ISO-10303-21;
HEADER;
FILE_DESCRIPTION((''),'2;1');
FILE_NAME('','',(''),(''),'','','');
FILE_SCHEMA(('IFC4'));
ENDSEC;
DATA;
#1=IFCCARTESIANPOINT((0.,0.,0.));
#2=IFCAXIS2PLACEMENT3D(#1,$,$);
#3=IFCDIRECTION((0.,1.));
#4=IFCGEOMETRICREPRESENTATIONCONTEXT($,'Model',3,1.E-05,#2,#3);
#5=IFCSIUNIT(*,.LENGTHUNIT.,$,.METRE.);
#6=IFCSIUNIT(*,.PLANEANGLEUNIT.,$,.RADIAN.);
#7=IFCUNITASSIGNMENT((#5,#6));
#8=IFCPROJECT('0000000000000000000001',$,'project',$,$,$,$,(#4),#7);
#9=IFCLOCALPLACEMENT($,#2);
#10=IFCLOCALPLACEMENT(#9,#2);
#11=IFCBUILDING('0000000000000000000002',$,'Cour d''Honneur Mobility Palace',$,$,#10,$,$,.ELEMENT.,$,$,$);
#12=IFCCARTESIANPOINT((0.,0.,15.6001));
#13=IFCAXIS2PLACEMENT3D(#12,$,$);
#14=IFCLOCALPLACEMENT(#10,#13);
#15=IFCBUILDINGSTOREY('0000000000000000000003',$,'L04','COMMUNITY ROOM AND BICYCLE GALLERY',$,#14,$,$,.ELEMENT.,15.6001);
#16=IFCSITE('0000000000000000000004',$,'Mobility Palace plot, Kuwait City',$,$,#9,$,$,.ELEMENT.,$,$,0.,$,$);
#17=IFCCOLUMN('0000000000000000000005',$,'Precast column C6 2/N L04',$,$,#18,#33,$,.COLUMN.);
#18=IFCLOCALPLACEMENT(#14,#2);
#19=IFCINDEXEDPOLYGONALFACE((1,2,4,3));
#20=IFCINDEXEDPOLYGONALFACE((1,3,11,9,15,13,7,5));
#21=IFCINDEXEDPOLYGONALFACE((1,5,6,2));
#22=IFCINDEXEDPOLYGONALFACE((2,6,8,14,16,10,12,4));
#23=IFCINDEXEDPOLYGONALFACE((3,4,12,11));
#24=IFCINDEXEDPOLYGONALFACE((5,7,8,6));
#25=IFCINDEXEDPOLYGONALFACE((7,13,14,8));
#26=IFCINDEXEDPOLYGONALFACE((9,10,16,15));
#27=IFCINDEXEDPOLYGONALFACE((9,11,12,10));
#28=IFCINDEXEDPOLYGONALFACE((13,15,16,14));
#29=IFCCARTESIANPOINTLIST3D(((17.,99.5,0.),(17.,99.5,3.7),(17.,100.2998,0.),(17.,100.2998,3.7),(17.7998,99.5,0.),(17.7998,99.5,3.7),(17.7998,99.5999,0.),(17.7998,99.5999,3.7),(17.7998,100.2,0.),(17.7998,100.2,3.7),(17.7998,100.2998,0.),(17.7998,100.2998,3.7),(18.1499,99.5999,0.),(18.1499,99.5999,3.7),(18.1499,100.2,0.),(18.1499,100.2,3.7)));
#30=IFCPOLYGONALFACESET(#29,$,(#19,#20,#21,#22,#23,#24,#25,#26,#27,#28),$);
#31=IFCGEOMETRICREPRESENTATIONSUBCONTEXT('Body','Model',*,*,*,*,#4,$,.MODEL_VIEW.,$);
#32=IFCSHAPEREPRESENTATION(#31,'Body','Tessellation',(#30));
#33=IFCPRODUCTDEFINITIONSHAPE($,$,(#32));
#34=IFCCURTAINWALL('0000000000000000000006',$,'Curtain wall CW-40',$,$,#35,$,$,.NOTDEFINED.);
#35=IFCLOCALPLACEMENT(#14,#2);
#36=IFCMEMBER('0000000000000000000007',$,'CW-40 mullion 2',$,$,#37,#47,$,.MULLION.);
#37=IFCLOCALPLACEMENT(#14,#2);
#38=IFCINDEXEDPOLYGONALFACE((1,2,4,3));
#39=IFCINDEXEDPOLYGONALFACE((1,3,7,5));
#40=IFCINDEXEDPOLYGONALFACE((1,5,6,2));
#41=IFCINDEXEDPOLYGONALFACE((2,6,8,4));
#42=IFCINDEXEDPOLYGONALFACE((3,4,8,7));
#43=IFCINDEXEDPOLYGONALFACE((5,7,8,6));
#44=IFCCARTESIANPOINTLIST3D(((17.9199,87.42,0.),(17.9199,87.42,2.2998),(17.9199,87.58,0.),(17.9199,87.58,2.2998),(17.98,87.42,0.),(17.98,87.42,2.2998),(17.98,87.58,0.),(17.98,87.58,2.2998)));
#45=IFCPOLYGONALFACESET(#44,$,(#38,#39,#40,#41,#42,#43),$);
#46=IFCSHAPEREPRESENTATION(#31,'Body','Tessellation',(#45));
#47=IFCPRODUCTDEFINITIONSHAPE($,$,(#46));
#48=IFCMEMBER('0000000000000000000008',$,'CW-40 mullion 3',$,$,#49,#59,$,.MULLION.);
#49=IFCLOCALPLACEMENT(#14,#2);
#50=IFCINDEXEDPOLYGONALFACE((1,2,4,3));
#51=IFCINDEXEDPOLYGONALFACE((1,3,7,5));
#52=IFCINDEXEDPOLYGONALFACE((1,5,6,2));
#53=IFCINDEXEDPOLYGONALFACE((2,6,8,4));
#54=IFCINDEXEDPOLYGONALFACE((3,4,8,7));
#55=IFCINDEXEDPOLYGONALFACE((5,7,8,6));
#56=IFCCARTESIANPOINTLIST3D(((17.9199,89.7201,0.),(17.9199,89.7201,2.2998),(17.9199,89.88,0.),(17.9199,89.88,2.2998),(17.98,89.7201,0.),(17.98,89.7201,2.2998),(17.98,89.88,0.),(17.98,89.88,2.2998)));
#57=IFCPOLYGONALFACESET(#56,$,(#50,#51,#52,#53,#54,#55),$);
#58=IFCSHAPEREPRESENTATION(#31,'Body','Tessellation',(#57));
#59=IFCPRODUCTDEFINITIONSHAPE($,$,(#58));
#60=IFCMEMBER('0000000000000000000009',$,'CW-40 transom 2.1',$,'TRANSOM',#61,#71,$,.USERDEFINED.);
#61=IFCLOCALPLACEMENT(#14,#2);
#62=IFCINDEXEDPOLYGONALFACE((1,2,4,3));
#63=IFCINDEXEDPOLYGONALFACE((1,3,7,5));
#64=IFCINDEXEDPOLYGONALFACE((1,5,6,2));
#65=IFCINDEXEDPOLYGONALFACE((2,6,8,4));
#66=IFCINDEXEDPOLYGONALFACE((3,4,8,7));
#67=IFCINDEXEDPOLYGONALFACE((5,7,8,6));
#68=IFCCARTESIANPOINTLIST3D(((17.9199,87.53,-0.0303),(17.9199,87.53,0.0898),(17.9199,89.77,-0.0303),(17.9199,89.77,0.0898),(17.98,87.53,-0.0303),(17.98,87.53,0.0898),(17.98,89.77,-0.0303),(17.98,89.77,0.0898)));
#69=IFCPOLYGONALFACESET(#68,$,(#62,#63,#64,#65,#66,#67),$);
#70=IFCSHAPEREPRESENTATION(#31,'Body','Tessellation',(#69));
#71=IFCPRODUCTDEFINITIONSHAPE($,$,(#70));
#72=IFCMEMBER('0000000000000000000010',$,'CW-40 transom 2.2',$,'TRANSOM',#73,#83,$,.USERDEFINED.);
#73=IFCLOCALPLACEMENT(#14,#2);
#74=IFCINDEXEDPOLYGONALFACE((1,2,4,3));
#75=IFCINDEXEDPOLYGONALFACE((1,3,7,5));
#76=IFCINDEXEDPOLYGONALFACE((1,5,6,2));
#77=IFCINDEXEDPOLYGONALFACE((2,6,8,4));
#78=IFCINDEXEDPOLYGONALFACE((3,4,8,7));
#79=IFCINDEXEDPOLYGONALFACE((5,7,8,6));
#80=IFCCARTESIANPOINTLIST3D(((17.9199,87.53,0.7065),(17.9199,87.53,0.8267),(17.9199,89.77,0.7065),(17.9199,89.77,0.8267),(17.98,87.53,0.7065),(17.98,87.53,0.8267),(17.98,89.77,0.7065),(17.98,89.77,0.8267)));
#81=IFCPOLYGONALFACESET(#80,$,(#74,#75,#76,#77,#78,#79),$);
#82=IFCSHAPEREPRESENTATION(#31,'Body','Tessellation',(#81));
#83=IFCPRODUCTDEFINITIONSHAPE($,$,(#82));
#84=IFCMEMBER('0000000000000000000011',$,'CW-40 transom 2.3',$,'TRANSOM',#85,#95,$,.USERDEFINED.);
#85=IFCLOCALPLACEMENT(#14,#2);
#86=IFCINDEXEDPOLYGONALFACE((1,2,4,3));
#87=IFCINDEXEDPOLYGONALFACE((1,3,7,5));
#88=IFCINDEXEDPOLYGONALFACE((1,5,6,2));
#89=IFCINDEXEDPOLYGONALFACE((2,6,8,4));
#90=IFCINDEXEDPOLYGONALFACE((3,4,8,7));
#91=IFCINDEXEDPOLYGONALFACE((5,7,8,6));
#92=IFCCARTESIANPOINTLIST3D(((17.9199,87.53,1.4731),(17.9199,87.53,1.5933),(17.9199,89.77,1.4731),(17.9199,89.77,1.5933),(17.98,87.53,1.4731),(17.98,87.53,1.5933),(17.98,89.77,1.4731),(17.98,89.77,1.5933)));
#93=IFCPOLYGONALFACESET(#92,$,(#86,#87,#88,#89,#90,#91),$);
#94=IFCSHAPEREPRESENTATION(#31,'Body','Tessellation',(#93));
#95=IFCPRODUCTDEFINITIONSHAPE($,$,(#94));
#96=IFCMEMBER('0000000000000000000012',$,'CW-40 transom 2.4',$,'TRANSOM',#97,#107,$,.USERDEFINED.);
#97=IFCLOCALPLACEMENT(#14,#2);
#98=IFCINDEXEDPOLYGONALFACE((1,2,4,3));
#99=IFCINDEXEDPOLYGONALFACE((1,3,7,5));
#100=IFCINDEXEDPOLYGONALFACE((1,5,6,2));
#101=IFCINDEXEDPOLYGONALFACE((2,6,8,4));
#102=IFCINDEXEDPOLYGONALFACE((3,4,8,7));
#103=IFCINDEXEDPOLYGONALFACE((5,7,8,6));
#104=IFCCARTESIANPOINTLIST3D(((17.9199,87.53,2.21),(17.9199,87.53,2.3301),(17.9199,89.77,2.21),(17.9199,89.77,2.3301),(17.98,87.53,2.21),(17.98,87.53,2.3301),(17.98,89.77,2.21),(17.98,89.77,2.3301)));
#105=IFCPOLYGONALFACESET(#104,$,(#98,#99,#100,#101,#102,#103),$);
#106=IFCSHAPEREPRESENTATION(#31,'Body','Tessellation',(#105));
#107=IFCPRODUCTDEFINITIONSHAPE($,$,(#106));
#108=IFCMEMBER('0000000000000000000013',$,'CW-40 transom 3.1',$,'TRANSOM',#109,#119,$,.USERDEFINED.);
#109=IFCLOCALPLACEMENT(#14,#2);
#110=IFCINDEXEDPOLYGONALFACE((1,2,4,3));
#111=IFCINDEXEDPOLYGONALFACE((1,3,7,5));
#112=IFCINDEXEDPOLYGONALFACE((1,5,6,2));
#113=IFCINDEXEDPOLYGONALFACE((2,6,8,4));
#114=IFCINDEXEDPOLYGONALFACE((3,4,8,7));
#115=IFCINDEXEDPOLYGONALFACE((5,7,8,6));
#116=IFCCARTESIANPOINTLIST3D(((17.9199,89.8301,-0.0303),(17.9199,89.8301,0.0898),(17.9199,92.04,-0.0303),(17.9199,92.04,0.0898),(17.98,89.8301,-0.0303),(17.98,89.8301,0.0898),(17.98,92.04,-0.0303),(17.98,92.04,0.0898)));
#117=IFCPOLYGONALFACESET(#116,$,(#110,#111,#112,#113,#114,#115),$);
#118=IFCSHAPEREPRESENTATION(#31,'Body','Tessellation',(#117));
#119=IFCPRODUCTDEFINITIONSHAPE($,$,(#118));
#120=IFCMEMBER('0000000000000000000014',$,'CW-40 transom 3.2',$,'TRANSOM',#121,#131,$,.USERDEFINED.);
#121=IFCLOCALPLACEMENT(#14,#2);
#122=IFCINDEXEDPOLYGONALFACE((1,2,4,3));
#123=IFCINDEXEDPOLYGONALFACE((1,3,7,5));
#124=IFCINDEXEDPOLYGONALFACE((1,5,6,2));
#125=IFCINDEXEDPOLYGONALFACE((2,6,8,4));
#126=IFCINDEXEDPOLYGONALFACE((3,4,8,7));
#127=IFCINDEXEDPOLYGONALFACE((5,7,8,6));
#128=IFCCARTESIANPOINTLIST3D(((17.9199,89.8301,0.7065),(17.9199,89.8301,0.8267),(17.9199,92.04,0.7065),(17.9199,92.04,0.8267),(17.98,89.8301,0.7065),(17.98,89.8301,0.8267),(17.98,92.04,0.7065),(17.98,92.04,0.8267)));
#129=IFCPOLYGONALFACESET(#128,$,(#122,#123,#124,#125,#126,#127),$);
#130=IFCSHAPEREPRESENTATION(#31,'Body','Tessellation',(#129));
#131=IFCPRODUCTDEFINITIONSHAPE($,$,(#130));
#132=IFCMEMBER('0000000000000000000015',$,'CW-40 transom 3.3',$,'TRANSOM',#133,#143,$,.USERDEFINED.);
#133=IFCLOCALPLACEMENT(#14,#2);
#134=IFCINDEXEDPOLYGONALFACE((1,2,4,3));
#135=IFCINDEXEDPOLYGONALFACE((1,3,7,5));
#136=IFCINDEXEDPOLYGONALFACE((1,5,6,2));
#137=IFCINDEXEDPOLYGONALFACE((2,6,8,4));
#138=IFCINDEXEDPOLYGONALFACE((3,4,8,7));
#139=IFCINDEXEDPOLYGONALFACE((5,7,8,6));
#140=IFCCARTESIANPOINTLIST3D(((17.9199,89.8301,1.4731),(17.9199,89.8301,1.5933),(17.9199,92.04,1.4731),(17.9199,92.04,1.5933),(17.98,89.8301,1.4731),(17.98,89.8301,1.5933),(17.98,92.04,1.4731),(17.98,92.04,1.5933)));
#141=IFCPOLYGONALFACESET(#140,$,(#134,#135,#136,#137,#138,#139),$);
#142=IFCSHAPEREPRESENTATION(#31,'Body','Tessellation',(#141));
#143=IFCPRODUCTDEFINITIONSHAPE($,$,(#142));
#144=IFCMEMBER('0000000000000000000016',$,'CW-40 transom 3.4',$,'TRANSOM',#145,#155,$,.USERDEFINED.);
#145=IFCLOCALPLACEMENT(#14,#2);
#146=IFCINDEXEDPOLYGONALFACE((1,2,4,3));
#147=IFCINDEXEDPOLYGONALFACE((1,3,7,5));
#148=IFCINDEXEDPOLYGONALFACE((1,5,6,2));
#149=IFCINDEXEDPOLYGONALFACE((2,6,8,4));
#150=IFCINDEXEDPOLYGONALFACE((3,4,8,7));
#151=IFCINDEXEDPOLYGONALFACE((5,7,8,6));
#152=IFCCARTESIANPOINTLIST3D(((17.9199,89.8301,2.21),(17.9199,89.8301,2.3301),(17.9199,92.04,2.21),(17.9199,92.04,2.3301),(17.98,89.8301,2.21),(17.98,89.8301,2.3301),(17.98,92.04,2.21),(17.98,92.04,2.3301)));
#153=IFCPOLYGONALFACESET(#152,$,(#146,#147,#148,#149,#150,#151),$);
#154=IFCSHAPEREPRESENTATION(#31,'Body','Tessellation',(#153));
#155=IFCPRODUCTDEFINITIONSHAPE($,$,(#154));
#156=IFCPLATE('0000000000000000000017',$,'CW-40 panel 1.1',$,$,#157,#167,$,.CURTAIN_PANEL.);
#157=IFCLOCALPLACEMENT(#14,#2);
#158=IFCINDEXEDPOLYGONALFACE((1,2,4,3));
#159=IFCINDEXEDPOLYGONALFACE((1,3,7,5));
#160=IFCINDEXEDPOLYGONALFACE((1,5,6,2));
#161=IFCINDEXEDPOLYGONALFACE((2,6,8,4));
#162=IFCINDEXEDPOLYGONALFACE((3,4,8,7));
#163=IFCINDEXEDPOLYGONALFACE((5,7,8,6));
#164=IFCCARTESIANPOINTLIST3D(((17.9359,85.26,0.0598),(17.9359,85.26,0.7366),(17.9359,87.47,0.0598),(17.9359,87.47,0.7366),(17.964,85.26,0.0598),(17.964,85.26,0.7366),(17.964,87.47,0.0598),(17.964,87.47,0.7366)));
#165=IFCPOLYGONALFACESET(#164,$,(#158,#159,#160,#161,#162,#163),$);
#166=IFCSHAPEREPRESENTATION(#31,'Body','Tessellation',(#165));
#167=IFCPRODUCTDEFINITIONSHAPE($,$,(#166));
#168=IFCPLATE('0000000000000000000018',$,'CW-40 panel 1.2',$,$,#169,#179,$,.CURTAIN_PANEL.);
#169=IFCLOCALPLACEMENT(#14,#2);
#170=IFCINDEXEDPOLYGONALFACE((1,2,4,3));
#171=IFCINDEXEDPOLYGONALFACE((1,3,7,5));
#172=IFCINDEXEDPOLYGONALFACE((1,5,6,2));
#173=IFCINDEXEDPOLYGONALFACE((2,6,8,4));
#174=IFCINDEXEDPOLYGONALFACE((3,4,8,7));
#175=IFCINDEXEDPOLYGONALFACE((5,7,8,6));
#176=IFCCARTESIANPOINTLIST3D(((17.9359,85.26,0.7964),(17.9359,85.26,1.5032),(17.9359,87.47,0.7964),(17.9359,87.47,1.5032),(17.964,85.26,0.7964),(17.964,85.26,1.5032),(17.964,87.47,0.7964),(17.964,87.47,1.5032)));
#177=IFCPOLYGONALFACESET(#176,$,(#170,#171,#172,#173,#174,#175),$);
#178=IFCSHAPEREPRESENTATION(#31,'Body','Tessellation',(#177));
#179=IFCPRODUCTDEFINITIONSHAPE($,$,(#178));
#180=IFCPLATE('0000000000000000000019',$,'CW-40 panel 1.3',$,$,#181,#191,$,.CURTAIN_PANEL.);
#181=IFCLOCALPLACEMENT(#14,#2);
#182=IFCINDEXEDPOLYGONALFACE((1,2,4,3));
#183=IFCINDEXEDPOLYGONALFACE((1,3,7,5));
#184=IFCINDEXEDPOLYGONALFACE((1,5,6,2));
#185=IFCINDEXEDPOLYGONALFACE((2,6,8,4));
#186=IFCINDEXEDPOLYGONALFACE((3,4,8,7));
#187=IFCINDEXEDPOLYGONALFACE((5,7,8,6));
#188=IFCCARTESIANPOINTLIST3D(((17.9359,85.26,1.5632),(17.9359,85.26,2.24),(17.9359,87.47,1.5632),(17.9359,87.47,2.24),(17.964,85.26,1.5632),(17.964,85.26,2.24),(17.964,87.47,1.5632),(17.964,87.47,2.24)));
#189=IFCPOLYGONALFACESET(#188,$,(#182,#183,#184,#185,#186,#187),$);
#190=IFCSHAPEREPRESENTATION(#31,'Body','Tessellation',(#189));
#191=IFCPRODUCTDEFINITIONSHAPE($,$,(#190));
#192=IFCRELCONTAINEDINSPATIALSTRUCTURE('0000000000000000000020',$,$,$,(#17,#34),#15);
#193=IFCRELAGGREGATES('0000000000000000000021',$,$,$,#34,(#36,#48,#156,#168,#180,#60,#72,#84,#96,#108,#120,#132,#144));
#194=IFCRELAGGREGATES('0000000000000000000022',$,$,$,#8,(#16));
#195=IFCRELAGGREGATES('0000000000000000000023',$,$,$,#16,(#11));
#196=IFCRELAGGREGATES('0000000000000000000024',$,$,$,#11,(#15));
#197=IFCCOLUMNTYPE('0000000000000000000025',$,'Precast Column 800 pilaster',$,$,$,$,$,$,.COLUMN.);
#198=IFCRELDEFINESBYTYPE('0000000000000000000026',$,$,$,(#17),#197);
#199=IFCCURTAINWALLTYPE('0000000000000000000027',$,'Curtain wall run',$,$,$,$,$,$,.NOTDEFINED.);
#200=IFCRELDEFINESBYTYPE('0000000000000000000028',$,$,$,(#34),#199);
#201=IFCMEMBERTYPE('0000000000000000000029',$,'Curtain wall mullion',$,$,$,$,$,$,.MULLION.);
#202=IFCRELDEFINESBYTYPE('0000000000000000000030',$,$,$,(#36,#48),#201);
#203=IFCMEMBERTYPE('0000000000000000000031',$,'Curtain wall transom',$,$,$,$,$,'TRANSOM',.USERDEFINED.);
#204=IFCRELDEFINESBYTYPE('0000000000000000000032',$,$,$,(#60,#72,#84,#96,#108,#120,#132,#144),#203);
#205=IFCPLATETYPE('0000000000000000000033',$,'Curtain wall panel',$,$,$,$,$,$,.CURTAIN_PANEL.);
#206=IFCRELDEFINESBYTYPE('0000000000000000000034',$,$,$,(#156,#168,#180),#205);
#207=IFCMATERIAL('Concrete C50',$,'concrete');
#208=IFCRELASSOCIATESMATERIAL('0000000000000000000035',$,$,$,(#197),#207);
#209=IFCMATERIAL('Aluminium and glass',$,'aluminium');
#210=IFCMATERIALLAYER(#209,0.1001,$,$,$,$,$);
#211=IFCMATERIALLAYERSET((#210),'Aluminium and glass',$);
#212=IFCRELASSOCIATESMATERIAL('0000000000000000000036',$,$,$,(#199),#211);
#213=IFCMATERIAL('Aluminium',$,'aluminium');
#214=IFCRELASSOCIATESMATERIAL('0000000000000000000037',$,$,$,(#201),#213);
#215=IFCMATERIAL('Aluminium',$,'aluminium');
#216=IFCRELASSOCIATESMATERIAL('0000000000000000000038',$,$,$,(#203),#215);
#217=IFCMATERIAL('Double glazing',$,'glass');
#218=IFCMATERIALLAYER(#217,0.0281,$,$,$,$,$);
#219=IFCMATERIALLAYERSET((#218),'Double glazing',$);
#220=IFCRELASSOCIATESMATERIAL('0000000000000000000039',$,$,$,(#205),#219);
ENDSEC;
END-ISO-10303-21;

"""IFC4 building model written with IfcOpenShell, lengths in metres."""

from ifc_helpers import new_model, si_unit, direction, frame, origin, origin_2d, place, context, subcontext, project, spatial, polyline, rectangle, outline, extrude, material, layer, layer_set, material_profile, profile_set, type_object, element, aggregate, save


model = new_model("IFC4")

# Units and contexts
model_context = context("Model", 3, precision=1e-05, world=origin(), true_north=direction((0.0, 1.0)))
body_context = subcontext(model_context, "Body", "Model", "MODEL_VIEW")
ifc_project = project(units=[si_unit("LENGTHUNIT", "METRE"), si_unit("PLANEANGLEUNIT", "RADIAN")], contexts=[model_context])

# Site, building, storey
site_placement = place(None, origin())
site = spatial("IfcSite", under=ifc_project, at=site_placement, Name="Mobility Palace plot, Kuwait City", CompositionType="ELEMENT", RefElevation=0.0)
building_placement = place(site_placement, origin())
building = spatial("IfcBuilding", under=site, at=building_placement, Name="Cour d'Honneur Mobility Palace", CompositionType="ELEMENT")
storey_placement = place(building_placement, frame((0.0, 0.0, 15.6001)))
storey = spatial("IfcBuildingStorey", under=building, at=storey_placement, Name="L04", Description="COMMUNITY ROOM AND BICYCLE GALLERY", CompositionType="ELEMENT", Elevation=15.6001)

# Column
ifc_material_1 = material(Name="Concrete C50", Category="concrete")
ifc_material_profile_1 = material_profile(ifc_material_1, outline(polyline([(-0.3999, -0.3999), (0.3999, -0.3999), (0.3999, -0.3), (0.75, -0.3), (0.75, 0.3), (0.3999, 0.3), (0.3999, 0.3999), (-0.3999, 0.3999), (-0.3999, -0.3999)])), Name="PC C800 pilaster")
ifc_profile_set_1 = profile_set([ifc_material_profile_1], Name="Concrete C50")
column_type = type_object("IfcColumnType", Name="Precast Column 800 pilaster", PredefinedType="COLUMN", material=ifc_profile_set_1)
column_placement = place(storey_placement, frame((17.3999, 99.8999, 0.0), z_axis=(0.0, 0.0, 1.0), x_axis=(1.0, 0.0, 0.0)))
element("IfcColumn", 1, at=column_placement, inside=storey, type_object=column_type, Name="Precast column C6 2/N L04", PredefinedType="COLUMN", context=body_context, shape_type="SweptSolid", body=[
    extrude(outline(polyline([(-0.3999, -0.3999), (0.3999, -0.3999), (0.3999, -0.3), (0.75, -0.3), (0.75, 0.3), (0.3999, 0.3), (0.3999, 0.3999), (-0.3999, 0.3999), (-0.3999, -0.3999)])), origin(), (0.0, 0.0, 1.0), 3.7),
])

# Curtain wall, members, plates
ifc_material_2 = material(Name="Aluminium and glass", Category="aluminium")
ifc_layer_1 = layer(ifc_material_2, 0.1001)
ifc_layer_set_1 = layer_set([ifc_layer_1], Name="Aluminium and glass")
curtain_wall_type = type_object("IfcCurtainWallType", Name="Curtain wall run", PredefinedType="NOTDEFINED", material=ifc_layer_set_1)
curtain_wall_placement = place(storey_placement, origin())
curtain_wall = element("IfcCurtainWall", 2, at=curtain_wall_placement, inside=storey, type_object=curtain_wall_type, Name="Curtain wall CW-40", PredefinedType="NOTDEFINED")
ifc_material_3 = material(Name="Aluminium", Category="aluminium")
ifc_material_profile_2 = material_profile(ifc_material_3, rectangle(XDim=0.0601, YDim=0.1599, at=origin_2d()), Name="Curtain wall mullion")
ifc_profile_set_2 = profile_set([ifc_material_profile_2], Name="Aluminium")
member_type_1 = type_object("IfcMemberType", Name="Curtain wall mullion", PredefinedType="MULLION", material=ifc_profile_set_2)
member_1_placement = place(storey_placement, frame((17.95, 87.5, 0.0), z_axis=(0.0, 0.0, 1.0), x_axis=(-1.0, 0.0, 0.0)))
member_1 = element("IfcMember", 3, at=member_1_placement, type_object=member_type_1, Name="CW-40 mullion 2", PredefinedType="MULLION", context=body_context, shape_type="SweptSolid", body=[
    extrude(rectangle(XDim=0.0601, YDim=0.1599, at=origin_2d()), origin(), (0.0, 0.0, 1.0), 2.2998),
])
member_2_placement = place(storey_placement, frame((17.95, 89.8, 0.0), z_axis=(0.0, 0.0, 1.0), x_axis=(-1.0, 0.0, 0.0)))
member_2 = element("IfcMember", 4, at=member_2_placement, type_object=member_type_1, Name="CW-40 mullion 3", PredefinedType="MULLION", context=body_context, shape_type="SweptSolid", body=[
    extrude(rectangle(XDim=0.0601, YDim=0.1599, at=origin_2d()), origin(), (0.0, 0.0, 1.0), 2.2998),
])
ifc_material_4 = material(Name="Aluminium", Category="aluminium")
ifc_material_profile_3 = material_profile(ifc_material_4, rectangle(XDim=0.0601, YDim=0.1201, at=origin_2d()), Name="Curtain wall transom")
ifc_profile_set_3 = profile_set([ifc_material_profile_3], Name="Aluminium")
member_type_2 = type_object("IfcMemberType", Name="Curtain wall transom", ElementType="TRANSOM", PredefinedType="USERDEFINED", material=ifc_profile_set_3)
member_3_placement = place(storey_placement, frame((17.95, 87.53, 0.0298), z_axis=(0.0, 1.0, 0.0), x_axis=(-1.0, 0.0, 0.0)))
member_3 = element("IfcMember", 5, at=member_3_placement, type_object=member_type_2, Name="CW-40 transom 2.1", ObjectType="TRANSOM", PredefinedType="USERDEFINED", context=body_context, shape_type="SweptSolid", body=[
    extrude(rectangle(XDim=0.0601, YDim=0.1201, at=origin_2d()), origin(), (0.0, 0.0, 1.0), 2.24),
])
member_4_placement = place(storey_placement, frame((17.95, 87.53, 0.7666), z_axis=(0.0, 1.0, 0.0), x_axis=(-1.0, 0.0, 0.0)))
member_4 = element("IfcMember", 6, at=member_4_placement, type_object=member_type_2, Name="CW-40 transom 2.2", ObjectType="TRANSOM", PredefinedType="USERDEFINED", context=body_context, shape_type="SweptSolid", body=[
    extrude(rectangle(XDim=0.0601, YDim=0.1201, at=origin_2d()), origin(), (0.0, 0.0, 1.0), 2.24),
])
member_5_placement = place(storey_placement, frame((17.95, 87.53, 1.5332), z_axis=(0.0, 1.0, 0.0), x_axis=(-1.0, 0.0, 0.0)))
member_5 = element("IfcMember", 7, at=member_5_placement, type_object=member_type_2, Name="CW-40 transom 2.3", ObjectType="TRANSOM", PredefinedType="USERDEFINED", context=body_context, shape_type="SweptSolid", body=[
    extrude(rectangle(XDim=0.0601, YDim=0.1201, at=origin_2d()), origin(), (0.0, 0.0, 1.0), 2.24),
])
member_6_placement = place(storey_placement, frame((17.95, 87.53, 2.27), z_axis=(0.0, 1.0, 0.0), x_axis=(-1.0, 0.0, 0.0)))
member_6 = element("IfcMember", 8, at=member_6_placement, type_object=member_type_2, Name="CW-40 transom 2.4", ObjectType="TRANSOM", PredefinedType="USERDEFINED", context=body_context, shape_type="SweptSolid", body=[
    extrude(rectangle(XDim=0.0601, YDim=0.1201, at=origin_2d()), origin(), (0.0, 0.0, 1.0), 2.24),
])
member_7_placement = place(storey_placement, frame((17.95, 89.8301, 0.0298), z_axis=(0.0, 1.0, 0.0), x_axis=(-1.0, 0.0, 0.0)))
member_7 = element("IfcMember", 9, at=member_7_placement, type_object=member_type_2, Name="CW-40 transom 3.1", ObjectType="TRANSOM", PredefinedType="USERDEFINED", context=body_context, shape_type="SweptSolid", body=[
    extrude(rectangle(XDim=0.0601, YDim=0.1201, at=origin_2d()), origin(), (0.0, 0.0, 1.0), 2.21),
])
member_8_placement = place(storey_placement, frame((17.95, 89.8301, 0.7666), z_axis=(0.0, 1.0, 0.0), x_axis=(-1.0, 0.0, 0.0)))
member_8 = element("IfcMember", 10, at=member_8_placement, type_object=member_type_2, Name="CW-40 transom 3.2", ObjectType="TRANSOM", PredefinedType="USERDEFINED", context=body_context, shape_type="SweptSolid", body=[
    extrude(rectangle(XDim=0.0601, YDim=0.1201, at=origin_2d()), origin(), (0.0, 0.0, 1.0), 2.21),
])
member_9_placement = place(storey_placement, frame((17.95, 89.8301, 1.5332), z_axis=(0.0, 1.0, 0.0), x_axis=(-1.0, 0.0, 0.0)))
member_9 = element("IfcMember", 11, at=member_9_placement, type_object=member_type_2, Name="CW-40 transom 3.3", ObjectType="TRANSOM", PredefinedType="USERDEFINED", context=body_context, shape_type="SweptSolid", body=[
    extrude(rectangle(XDim=0.0601, YDim=0.1201, at=origin_2d()), origin(), (0.0, 0.0, 1.0), 2.21),
])
member_10_placement = place(storey_placement, frame((17.95, 89.8301, 2.27), z_axis=(0.0, 1.0, 0.0), x_axis=(-1.0, 0.0, 0.0)))
member_10 = element("IfcMember", 12, at=member_10_placement, type_object=member_type_2, Name="CW-40 transom 3.4", ObjectType="TRANSOM", PredefinedType="USERDEFINED", context=body_context, shape_type="SweptSolid", body=[
    extrude(rectangle(XDim=0.0601, YDim=0.1201, at=origin_2d()), origin(), (0.0, 0.0, 1.0), 2.21),
])
ifc_material_5 = material(Name="Double glazing", Category="glass")
ifc_layer_2 = layer(ifc_material_5, 0.0281)
ifc_layer_set_2 = layer_set([ifc_layer_2], Name="Double glazing")
plate_type = type_object("IfcPlateType", Name="Curtain wall panel", PredefinedType="CURTAIN_PANEL", material=ifc_layer_set_2)
plate_1_placement = place(storey_placement, frame((17.95, 86.365, 0.0598), z_axis=(0.0, 0.0, 1.0), x_axis=(0.0, 1.0, 0.0)))
plate_1 = element("IfcPlate", 13, at=plate_1_placement, type_object=plate_type, Name="CW-40 panel 1.1", PredefinedType="CURTAIN_PANEL", context=body_context, shape_type="SweptSolid", body=[
    extrude(rectangle(XDim=2.21, YDim=0.0281, at=origin_2d()), origin(), (0.0, 0.0, 1.0), 0.6768),
])
plate_2_placement = place(storey_placement, frame((17.95, 86.365, 0.7964), z_axis=(0.0, 0.0, 1.0), x_axis=(0.0, 1.0, 0.0)))
plate_2 = element("IfcPlate", 14, at=plate_2_placement, type_object=plate_type, Name="CW-40 panel 1.2", PredefinedType="CURTAIN_PANEL", context=body_context, shape_type="SweptSolid", body=[
    extrude(rectangle(XDim=2.21, YDim=0.0281, at=origin_2d()), origin(), (0.0, 0.0, 1.0), 0.7068),
])
plate_3_placement = place(storey_placement, frame((17.95, 86.365, 1.5632), z_axis=(0.0, 0.0, 1.0), x_axis=(0.0, 1.0, 0.0)))
plate_3 = element("IfcPlate", 15, at=plate_3_placement, type_object=plate_type, Name="CW-40 panel 1.3", PredefinedType="CURTAIN_PANEL", context=body_context, shape_type="SweptSolid", body=[
    extrude(rectangle(XDim=2.21, YDim=0.0281, at=origin_2d()), origin(), (0.0, 0.0, 1.0), 0.6768),
])
aggregate(curtain_wall, [member_1, member_2, plate_1, plate_2, plate_3, member_3, member_4, member_5, member_6, member_7, member_8, member_9, member_10])

save(model, "model.ifc")
